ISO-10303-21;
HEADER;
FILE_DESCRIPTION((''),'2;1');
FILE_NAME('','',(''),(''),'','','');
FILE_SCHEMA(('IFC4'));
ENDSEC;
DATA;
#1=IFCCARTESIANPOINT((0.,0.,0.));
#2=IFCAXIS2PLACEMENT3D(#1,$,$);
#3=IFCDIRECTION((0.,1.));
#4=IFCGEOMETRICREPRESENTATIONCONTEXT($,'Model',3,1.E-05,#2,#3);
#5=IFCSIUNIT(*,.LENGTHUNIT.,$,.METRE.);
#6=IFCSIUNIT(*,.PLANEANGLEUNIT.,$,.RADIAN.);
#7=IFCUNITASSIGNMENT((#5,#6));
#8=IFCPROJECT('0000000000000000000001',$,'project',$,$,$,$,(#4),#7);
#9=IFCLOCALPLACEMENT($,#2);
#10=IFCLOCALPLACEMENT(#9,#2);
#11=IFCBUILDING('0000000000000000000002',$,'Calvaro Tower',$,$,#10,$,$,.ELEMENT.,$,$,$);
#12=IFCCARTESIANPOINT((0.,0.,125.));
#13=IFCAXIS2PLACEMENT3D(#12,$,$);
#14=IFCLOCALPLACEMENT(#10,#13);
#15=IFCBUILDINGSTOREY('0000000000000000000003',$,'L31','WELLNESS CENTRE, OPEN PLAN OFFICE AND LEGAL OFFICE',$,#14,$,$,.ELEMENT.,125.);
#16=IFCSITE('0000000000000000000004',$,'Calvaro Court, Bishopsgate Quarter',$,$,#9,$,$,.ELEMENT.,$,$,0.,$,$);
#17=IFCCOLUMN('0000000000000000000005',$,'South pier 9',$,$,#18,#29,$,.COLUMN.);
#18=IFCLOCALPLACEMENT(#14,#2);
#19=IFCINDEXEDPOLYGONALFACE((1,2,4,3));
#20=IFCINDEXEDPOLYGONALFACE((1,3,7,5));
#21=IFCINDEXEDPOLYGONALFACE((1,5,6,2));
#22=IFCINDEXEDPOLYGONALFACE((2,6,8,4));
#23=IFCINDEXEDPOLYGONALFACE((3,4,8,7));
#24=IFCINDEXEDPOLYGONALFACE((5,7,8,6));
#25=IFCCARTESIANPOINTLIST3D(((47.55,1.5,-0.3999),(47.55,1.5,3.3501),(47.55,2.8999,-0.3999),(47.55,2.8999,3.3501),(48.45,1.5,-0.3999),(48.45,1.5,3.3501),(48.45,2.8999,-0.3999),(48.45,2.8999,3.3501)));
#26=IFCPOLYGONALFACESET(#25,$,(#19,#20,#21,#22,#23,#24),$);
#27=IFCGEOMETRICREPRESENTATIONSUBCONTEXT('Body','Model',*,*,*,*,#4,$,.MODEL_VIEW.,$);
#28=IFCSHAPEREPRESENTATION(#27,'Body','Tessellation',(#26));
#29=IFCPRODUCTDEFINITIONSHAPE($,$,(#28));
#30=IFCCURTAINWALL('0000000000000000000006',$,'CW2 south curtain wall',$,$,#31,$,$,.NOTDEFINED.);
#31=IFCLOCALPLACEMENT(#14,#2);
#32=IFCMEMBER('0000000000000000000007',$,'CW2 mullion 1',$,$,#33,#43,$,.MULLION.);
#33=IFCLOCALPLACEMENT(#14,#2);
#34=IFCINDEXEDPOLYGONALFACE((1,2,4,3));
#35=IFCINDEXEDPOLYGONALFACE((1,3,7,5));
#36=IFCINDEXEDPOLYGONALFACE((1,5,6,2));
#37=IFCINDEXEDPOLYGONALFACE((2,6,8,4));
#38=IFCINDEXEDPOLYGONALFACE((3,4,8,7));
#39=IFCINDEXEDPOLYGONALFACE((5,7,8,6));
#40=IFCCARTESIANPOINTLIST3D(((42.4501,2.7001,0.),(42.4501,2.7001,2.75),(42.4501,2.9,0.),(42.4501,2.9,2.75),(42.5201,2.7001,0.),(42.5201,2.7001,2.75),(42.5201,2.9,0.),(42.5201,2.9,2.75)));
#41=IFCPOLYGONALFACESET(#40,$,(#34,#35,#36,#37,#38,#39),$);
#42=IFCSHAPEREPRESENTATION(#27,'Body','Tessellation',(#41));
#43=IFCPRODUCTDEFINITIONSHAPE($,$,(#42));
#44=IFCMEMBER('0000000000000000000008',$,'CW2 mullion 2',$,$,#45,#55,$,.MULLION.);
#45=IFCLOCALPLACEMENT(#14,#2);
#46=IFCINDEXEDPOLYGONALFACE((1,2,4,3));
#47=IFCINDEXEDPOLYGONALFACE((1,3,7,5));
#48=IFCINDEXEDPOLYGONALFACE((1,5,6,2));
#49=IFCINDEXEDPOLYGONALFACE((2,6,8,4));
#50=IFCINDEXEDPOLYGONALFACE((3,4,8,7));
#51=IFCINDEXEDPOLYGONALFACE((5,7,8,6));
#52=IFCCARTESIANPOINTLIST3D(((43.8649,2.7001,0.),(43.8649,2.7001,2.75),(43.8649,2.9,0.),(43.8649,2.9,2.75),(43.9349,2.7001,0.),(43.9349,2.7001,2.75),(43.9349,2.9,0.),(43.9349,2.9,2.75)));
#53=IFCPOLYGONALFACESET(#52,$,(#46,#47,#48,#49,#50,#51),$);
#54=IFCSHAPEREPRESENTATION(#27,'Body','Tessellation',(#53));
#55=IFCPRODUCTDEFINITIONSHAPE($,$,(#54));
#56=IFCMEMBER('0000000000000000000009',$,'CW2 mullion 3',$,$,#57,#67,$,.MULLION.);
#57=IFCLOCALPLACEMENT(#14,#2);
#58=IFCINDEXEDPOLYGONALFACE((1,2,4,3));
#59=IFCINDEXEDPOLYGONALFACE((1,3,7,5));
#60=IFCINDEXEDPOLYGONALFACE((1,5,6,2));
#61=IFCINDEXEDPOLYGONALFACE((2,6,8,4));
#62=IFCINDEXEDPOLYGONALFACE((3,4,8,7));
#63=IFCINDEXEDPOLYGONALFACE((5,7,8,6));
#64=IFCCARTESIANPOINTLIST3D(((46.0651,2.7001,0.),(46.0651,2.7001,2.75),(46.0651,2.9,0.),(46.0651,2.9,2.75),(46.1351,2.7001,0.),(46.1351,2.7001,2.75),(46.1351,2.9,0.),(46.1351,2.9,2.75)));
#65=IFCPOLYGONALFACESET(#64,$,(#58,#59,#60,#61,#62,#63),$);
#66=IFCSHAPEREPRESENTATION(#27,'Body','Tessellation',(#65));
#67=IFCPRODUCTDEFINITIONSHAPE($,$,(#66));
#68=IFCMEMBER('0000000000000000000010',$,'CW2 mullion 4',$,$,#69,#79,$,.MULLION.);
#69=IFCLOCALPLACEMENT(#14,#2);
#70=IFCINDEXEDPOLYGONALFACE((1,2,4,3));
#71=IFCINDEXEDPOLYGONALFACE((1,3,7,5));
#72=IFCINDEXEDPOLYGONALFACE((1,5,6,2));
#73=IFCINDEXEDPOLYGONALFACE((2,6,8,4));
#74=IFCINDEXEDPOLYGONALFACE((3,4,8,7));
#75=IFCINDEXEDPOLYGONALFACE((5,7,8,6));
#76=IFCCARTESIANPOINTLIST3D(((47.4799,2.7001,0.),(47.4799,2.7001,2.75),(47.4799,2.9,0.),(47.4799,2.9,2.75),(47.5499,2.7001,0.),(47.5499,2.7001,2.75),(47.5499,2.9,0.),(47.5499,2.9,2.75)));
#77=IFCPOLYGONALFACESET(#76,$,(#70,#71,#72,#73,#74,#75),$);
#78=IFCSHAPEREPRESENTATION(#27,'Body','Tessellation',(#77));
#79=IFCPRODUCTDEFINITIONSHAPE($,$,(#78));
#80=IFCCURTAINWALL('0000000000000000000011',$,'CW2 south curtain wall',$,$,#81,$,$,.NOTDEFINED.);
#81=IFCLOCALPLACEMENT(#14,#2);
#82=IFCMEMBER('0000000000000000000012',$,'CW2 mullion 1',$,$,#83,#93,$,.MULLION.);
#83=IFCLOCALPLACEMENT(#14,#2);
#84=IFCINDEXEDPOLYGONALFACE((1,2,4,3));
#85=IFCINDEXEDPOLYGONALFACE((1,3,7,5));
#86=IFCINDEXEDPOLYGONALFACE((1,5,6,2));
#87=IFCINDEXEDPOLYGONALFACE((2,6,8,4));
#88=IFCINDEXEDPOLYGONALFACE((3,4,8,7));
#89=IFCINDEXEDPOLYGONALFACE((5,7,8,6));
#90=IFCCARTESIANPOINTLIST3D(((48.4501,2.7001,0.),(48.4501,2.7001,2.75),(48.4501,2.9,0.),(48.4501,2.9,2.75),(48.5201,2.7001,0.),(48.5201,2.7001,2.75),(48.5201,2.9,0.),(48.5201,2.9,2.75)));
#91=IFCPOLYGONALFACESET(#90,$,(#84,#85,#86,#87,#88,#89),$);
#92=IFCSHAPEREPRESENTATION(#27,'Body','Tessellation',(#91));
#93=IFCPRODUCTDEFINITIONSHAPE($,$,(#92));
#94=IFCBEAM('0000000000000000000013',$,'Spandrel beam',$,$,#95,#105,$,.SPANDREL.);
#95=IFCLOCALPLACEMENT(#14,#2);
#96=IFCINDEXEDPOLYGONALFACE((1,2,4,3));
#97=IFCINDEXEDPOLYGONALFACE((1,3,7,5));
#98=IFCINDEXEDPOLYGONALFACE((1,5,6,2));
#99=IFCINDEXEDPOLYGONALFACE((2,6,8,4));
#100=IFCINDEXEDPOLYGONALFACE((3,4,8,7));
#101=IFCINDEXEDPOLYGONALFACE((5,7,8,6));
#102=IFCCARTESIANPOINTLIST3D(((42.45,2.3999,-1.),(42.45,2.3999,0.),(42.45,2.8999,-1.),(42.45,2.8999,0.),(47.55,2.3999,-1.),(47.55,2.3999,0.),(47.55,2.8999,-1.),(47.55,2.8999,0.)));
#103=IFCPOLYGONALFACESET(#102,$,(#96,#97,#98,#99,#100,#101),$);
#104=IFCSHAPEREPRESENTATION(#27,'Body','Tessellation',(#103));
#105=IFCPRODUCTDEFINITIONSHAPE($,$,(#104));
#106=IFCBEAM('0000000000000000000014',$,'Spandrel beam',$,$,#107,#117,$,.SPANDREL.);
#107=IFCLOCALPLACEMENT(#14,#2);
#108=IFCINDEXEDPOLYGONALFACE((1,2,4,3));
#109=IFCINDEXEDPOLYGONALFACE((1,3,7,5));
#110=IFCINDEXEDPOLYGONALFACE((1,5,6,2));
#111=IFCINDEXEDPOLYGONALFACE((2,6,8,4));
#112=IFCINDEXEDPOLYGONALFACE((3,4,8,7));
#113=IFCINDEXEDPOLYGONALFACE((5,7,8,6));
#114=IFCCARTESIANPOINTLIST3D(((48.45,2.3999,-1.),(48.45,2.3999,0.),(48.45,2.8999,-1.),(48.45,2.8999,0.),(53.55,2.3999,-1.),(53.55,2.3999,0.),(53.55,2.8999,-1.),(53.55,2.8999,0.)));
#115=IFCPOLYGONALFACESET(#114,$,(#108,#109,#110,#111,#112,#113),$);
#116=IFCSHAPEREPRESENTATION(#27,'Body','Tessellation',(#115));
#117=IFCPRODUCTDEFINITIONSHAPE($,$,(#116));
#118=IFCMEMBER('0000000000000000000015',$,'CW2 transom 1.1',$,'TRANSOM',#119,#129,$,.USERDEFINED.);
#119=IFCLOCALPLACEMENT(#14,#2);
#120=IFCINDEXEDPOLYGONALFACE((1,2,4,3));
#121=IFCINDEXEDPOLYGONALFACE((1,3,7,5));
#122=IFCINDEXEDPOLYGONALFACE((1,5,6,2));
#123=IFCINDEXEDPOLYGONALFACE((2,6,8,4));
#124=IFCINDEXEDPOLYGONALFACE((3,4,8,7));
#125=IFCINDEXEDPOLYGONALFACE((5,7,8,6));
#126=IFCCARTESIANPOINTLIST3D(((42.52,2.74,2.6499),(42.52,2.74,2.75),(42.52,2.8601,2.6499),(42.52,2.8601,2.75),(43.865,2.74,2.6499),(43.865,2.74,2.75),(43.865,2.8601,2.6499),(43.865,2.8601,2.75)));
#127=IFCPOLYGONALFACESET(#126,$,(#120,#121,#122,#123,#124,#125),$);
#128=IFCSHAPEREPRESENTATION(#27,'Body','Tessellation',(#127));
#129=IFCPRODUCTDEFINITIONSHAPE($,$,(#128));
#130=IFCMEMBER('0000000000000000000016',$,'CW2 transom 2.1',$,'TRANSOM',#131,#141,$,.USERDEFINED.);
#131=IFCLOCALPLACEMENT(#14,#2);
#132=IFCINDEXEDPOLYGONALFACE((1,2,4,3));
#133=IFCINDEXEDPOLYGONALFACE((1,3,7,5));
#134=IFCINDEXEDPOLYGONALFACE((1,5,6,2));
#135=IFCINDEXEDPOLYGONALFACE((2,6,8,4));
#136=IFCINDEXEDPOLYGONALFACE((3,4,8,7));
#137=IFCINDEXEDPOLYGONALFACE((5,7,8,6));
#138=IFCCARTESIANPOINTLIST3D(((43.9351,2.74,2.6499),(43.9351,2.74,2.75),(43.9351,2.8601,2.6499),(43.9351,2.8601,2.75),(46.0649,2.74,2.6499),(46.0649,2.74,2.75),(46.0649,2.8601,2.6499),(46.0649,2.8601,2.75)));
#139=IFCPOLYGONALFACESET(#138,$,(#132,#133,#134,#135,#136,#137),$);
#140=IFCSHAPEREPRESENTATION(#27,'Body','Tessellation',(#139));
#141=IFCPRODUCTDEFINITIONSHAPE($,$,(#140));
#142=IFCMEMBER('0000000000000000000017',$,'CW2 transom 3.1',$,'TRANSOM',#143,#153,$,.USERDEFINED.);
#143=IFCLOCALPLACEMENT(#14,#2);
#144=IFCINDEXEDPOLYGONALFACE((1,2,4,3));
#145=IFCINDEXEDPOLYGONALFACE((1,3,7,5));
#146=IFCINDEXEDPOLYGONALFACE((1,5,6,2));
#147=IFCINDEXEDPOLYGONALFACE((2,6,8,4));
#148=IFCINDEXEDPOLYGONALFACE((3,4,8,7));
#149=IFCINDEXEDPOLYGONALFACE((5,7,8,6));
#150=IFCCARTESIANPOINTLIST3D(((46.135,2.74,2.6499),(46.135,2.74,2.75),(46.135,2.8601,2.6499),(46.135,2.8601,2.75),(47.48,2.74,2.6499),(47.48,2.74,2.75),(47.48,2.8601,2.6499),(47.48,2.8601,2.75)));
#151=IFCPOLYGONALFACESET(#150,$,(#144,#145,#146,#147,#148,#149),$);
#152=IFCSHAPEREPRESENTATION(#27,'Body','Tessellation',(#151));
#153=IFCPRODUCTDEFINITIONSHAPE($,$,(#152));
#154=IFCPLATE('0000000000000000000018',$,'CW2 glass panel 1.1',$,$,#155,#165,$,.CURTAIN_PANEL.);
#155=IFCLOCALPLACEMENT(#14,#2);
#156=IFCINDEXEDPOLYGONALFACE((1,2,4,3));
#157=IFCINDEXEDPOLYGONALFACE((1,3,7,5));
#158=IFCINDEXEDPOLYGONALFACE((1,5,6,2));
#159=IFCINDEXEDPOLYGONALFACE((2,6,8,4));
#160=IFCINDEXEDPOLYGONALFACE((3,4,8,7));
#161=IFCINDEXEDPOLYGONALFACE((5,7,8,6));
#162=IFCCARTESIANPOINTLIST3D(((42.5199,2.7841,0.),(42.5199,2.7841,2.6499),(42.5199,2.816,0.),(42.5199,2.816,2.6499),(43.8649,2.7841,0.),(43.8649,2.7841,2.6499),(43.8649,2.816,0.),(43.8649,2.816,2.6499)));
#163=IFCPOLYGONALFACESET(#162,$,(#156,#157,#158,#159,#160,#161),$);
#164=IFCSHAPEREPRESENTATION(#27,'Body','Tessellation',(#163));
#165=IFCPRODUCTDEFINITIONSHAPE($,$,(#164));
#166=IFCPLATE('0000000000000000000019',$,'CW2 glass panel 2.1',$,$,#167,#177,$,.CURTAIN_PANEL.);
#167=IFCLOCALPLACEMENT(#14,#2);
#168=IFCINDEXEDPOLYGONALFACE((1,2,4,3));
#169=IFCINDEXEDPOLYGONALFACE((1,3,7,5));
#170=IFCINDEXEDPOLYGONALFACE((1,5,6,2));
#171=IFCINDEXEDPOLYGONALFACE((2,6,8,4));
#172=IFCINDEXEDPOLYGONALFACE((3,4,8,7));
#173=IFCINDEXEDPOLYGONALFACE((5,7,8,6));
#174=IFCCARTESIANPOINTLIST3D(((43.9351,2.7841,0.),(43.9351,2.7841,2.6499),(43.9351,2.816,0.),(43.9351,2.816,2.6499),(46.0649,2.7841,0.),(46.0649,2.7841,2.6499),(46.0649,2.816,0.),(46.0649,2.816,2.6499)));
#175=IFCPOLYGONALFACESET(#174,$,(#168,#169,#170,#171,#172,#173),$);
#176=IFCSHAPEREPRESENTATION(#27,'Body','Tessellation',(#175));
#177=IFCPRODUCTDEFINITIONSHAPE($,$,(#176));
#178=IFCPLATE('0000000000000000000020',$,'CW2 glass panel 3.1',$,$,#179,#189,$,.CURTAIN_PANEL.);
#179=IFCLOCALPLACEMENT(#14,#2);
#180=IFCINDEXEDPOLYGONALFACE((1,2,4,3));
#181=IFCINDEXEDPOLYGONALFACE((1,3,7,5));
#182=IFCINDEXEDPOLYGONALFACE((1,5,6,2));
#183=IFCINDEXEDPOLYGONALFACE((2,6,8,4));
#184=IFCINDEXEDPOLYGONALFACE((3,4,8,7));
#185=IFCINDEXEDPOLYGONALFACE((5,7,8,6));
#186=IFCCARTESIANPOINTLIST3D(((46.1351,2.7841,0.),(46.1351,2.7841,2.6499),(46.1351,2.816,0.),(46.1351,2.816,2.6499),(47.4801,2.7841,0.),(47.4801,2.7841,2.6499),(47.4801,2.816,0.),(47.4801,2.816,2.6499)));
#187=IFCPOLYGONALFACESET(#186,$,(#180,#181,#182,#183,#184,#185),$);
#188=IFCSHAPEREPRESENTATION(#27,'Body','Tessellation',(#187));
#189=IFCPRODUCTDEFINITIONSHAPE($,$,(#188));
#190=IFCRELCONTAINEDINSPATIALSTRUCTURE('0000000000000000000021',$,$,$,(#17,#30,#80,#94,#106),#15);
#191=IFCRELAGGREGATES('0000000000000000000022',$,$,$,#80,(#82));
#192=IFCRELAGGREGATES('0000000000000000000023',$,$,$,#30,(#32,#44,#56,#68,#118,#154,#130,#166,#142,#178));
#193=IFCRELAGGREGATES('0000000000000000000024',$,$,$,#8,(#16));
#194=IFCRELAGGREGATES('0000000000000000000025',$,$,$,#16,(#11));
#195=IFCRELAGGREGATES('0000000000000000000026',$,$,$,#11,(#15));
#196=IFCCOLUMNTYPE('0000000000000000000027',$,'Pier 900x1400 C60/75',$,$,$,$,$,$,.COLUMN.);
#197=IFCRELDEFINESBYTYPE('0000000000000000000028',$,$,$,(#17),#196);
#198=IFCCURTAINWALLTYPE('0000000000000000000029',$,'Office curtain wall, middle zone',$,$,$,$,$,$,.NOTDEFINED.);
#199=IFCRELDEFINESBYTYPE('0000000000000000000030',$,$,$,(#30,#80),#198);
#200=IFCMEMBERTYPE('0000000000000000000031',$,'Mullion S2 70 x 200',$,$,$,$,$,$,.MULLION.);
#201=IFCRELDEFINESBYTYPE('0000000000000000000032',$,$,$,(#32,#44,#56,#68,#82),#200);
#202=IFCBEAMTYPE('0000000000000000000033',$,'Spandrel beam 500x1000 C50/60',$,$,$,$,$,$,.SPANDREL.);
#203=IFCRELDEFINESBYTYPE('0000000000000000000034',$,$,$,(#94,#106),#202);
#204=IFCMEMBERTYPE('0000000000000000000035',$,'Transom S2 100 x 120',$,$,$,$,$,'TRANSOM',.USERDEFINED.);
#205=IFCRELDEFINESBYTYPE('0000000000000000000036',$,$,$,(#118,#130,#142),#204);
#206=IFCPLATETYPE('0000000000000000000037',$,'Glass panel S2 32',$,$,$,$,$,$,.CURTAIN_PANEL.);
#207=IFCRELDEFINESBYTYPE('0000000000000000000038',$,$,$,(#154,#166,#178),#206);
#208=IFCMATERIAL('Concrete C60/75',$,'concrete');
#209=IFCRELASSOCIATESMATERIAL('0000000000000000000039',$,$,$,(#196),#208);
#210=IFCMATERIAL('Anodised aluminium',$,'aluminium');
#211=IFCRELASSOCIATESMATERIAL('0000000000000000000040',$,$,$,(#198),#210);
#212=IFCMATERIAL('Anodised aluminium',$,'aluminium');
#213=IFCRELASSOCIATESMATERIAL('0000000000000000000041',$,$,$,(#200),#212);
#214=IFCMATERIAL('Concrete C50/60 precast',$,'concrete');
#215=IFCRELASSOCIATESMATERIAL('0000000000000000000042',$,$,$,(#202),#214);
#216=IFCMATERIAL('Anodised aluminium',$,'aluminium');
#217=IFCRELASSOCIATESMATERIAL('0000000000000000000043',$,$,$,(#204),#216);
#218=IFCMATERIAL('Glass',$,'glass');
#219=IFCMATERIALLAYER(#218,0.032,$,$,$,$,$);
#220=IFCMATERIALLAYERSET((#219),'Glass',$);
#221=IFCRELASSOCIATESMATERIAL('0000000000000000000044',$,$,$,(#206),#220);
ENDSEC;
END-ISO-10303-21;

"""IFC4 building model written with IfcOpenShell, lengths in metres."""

from ifc_helpers import new_model, si_unit, direction, frame, origin, origin_2d, place, context, subcontext, project, spatial, rectangle, extrude, material, layer, layer_set, material_profile, profile_set, type_object, element, aggregate, save


model = new_model("IFC4")

# Units and contexts
model_context = context("Model", 3, precision=1e-05, world=origin(), true_north=direction((0.0, 1.0)))
body_context = subcontext(model_context, "Body", "Model", "MODEL_VIEW")
ifc_project = project(units=[si_unit("LENGTHUNIT", "METRE"), si_unit("PLANEANGLEUNIT", "RADIAN")], contexts=[model_context])

# Site, building, storey
site_placement = place(None, origin())
site = spatial("IfcSite", under=ifc_project, at=site_placement, Name="Calvaro Court, Bishopsgate Quarter", CompositionType="ELEMENT", RefElevation=0.0)
building_placement = place(site_placement, origin())
building = spatial("IfcBuilding", under=site, at=building_placement, Name="Calvaro Tower", CompositionType="ELEMENT")
storey_placement = place(building_placement, frame((0.0, 0.0, 125.0)))
storey = spatial("IfcBuildingStorey", under=building, at=storey_placement, Name="L31", Description="WELLNESS CENTRE, OPEN PLAN OFFICE AND LEGAL OFFICE", CompositionType="ELEMENT", Elevation=125.0)

# Column
ifc_material_1 = material(Name="Concrete C60/75", Category="concrete")
ifc_material_profile_1 = material_profile(ifc_material_1, rectangle(XDim=0.8999, YDim=1.3999, at=origin_2d()), Name="RC 900x1400")
ifc_profile_set_1 = profile_set([ifc_material_profile_1], Name="Concrete C60/75")
column_type = type_object("IfcColumnType", Name="Pier 900x1400 C60/75", PredefinedType="COLUMN", material=ifc_profile_set_1)
column_placement = place(storey_placement, frame((48.0, 2.2, -0.3999), z_axis=(0.0, 0.0, 1.0), x_axis=(1.0, 0.0, 0.0)))
element("IfcColumn", 1, at=column_placement, inside=storey, type_object=column_type, Name="South pier 9", PredefinedType="COLUMN", context=body_context, shape_type="SweptSolid", body=[
    extrude(rectangle(XDim=0.8999, YDim=1.3999, at=origin_2d()), origin(), (0.0, 0.0, 1.0), 3.75),
])

# Curtain wall, members
ifc_material_2 = material(Name="Anodised aluminium", Category="aluminium")
curtain_wall_type = type_object("IfcCurtainWallType", Name="Office curtain wall, middle zone", PredefinedType="NOTDEFINED", material=ifc_material_2)
curtain_wall_1_placement = place(storey_placement, origin())
curtain_wall_1 = element("IfcCurtainWall", 2, at=curtain_wall_1_placement, inside=storey, type_object=curtain_wall_type, Name="CW2 south curtain wall", PredefinedType="NOTDEFINED")
ifc_material_3 = material(Name="Anodised aluminium", Category="aluminium")
ifc_material_profile_2 = material_profile(ifc_material_3, rectangle(XDim=0.2, YDim=0.0701, at=origin_2d()), Name="Mullion S2 70 x 200")
ifc_profile_set_2 = profile_set([ifc_material_profile_2], Name="Anodised aluminium")
member_type_1 = type_object("IfcMemberType", Name="Mullion S2 70 x 200", PredefinedType="MULLION", material=ifc_profile_set_2)
member_1_placement = place(storey_placement, frame((42.4851, 2.8, 0.0), z_axis=(0.0, 0.0, 1.0), x_axis=(0.0, 1.0, 0.0)))
member_1 = element("IfcMember", 3, at=member_1_placement, type_object=member_type_1, Name="CW2 mullion 1", PredefinedType="MULLION", context=body_context, shape_type="SweptSolid", body=[
    extrude(rectangle(XDim=0.2, YDim=0.0701, at=origin_2d()), origin(), (0.0, 0.0, 1.0), 2.75),
])
member_2_placement = place(storey_placement, frame((43.8999, 2.8, 0.0), z_axis=(0.0, 0.0, 1.0), x_axis=(0.0, 1.0, 0.0)))
member_2 = element("IfcMember", 4, at=member_2_placement, type_object=member_type_1, Name="CW2 mullion 2", PredefinedType="MULLION", context=body_context, shape_type="SweptSolid", body=[
    extrude(rectangle(XDim=0.2, YDim=0.0701, at=origin_2d()), origin(), (0.0, 0.0, 1.0), 2.75),
])
member_3_placement = place(storey_placement, frame((46.1001, 2.8, 0.0), z_axis=(0.0, 0.0, 1.0), x_axis=(0.0, 1.0, 0.0)))
member_3 = element("IfcMember", 5, at=member_3_placement, type_object=member_type_1, Name="CW2 mullion 3", PredefinedType="MULLION", context=body_context, shape_type="SweptSolid", body=[
    extrude(rectangle(XDim=0.2, YDim=0.0701, at=origin_2d()), origin(), (0.0, 0.0, 1.0), 2.75),
])
member_4_placement = place(storey_placement, frame((47.5149, 2.8, 0.0), z_axis=(0.0, 0.0, 1.0), x_axis=(0.0, 1.0, 0.0)))
member_4 = element("IfcMember", 6, at=member_4_placement, type_object=member_type_1, Name="CW2 mullion 4", PredefinedType="MULLION", context=body_context, shape_type="SweptSolid", body=[
    extrude(rectangle(XDim=0.2, YDim=0.0701, at=origin_2d()), origin(), (0.0, 0.0, 1.0), 2.75),
])

# Curtain wall, member
curtain_wall_2_placement = place(storey_placement, origin())
curtain_wall_2 = element("IfcCurtainWall", 7, at=curtain_wall_2_placement, inside=storey, type_object=curtain_wall_type, Name="CW2 south curtain wall", PredefinedType="NOTDEFINED")
member_5_placement = place(storey_placement, frame((48.4851, 2.8, 0.0), z_axis=(0.0, 0.0, 1.0), x_axis=(0.0, 1.0, 0.0)))
member_5 = element("IfcMember", 8, at=member_5_placement, type_object=member_type_1, Name="CW2 mullion 1", PredefinedType="MULLION", context=body_context, shape_type="SweptSolid", body=[
    extrude(rectangle(XDim=0.2, YDim=0.0701, at=origin_2d()), origin(), (0.0, 0.0, 1.0), 2.75),
])
aggregate(curtain_wall_2, [member_5])

# Beams
ifc_material_4 = material(Name="Concrete C50/60 precast", Category="concrete")
ifc_material_profile_3 = material_profile(ifc_material_4, rectangle(XDim=0.5, YDim=1.0, at=origin_2d()), Name="RC 500x1000")
ifc_profile_set_3 = profile_set([ifc_material_profile_3], Name="Concrete C50/60 precast")
beam_type = type_object("IfcBeamType", Name="Spandrel beam 500x1000 C50/60", PredefinedType="SPANDREL", material=ifc_profile_set_3)
for number, where, z_axis, x_axis, name in (
    (9, (42.45, 2.6499, -0.5), (1.0, 0.0, 0.0), (0.0, 1.0, 0.0), "Spandrel beam"),
    (10, (48.45, 2.6499, -0.5), (1.0, 0.0, 0.0), (0.0, 1.0, 0.0), "Spandrel beam"),
):
    element("IfcBeam", number, at=place(storey_placement, frame(where, z_axis=z_axis, x_axis=x_axis)), inside=storey, type_object=beam_type, Name=name, PredefinedType="SPANDREL", context=body_context, shape_type="SweptSolid", body=[
        extrude(rectangle(XDim=0.5, YDim=1.0, at=origin_2d()), origin(), (0.0, 0.0, 1.0), 5.1001),
    ])

# Members
ifc_material_5 = material(Name="Anodised aluminium", Category="aluminium")
ifc_material_profile_4 = material_profile(ifc_material_5, rectangle(XDim=0.1201, YDim=0.1001, at=origin_2d()), Name="Transom S2 100 x 120")
ifc_profile_set_4 = profile_set([ifc_material_profile_4], Name="Anodised aluminium")
member_type_2 = type_object("IfcMemberType", Name="Transom S2 100 x 120", ElementType="TRANSOM", PredefinedType="USERDEFINED", material=ifc_profile_set_4)
member_6_placement = place(storey_placement, frame((42.52, 2.8, 2.7), z_axis=(1.0, 0.0, 0.0), x_axis=(0.0, 1.0, 0.0)))
member_6 = element("IfcMember", 11, at=member_6_placement, type_object=member_type_2, Name="CW2 transom 1.1", ObjectType="TRANSOM", PredefinedType="USERDEFINED", context=body_context, shape_type="SweptSolid", body=[
    extrude(rectangle(XDim=0.1201, YDim=0.1001, at=origin_2d()), origin(), (0.0, 0.0, 1.0), 1.345),
])
member_7_placement = place(storey_placement, frame((43.9351, 2.8, 2.7), z_axis=(1.0, 0.0, 0.0), x_axis=(0.0, 1.0, 0.0)))
member_7 = element("IfcMember", 12, at=member_7_placement, type_object=member_type_2, Name="CW2 transom 2.1", ObjectType="TRANSOM", PredefinedType="USERDEFINED", context=body_context, shape_type="SweptSolid", body=[
    extrude(rectangle(XDim=0.1201, YDim=0.1001, at=origin_2d()), origin(), (0.0, 0.0, 1.0), 2.1299),
])
member_8_placement = place(storey_placement, frame((46.135, 2.8, 2.7), z_axis=(1.0, 0.0, 0.0), x_axis=(0.0, 1.0, 0.0)))
member_8 = element("IfcMember", 13, at=member_8_placement, type_object=member_type_2, Name="CW2 transom 3.1", ObjectType="TRANSOM", PredefinedType="USERDEFINED", context=body_context, shape_type="SweptSolid", body=[
    extrude(rectangle(XDim=0.1201, YDim=0.1001, at=origin_2d()), origin(), (0.0, 0.0, 1.0), 1.345),
])

# Plates
ifc_material_6 = material(Name="Glass", Category="glass")
ifc_layer_1 = layer(ifc_material_6, 0.032)
ifc_layer_set_1 = layer_set([ifc_layer_1], Name="Glass")
plate_type = type_object("IfcPlateType", Name="Glass panel S2 32", PredefinedType="CURTAIN_PANEL", material=ifc_layer_set_1)
plate_1_placement = place(storey_placement, frame((43.1924, 2.8, 0.0), z_axis=(0.0, 0.0, 1.0), x_axis=(1.0, 0.0, 0.0)))
plate_1 = element("IfcPlate", 14, at=plate_1_placement, type_object=plate_type, Name="CW2 glass panel 1.1", PredefinedType="CURTAIN_PANEL", context=body_context, shape_type="SweptSolid", body=[
    extrude(rectangle(XDim=1.345, YDim=0.032, at=origin_2d()), origin(), (0.0, 0.0, 1.0), 2.6499),
])
plate_2_placement = place(storey_placement, frame((45.0, 2.8, 0.0), z_axis=(0.0, 0.0, 1.0), x_axis=(1.0, 0.0, 0.0)))
plate_2 = element("IfcPlate", 15, at=plate_2_placement, type_object=plate_type, Name="CW2 glass panel 2.1", PredefinedType="CURTAIN_PANEL", context=body_context, shape_type="SweptSolid", body=[
    extrude(rectangle(XDim=2.1299, YDim=0.032, at=origin_2d()), origin(), (0.0, 0.0, 1.0), 2.6499),
])
plate_3_placement = place(storey_placement, frame((46.8076, 2.8, 0.0), z_axis=(0.0, 0.0, 1.0), x_axis=(1.0, 0.0, 0.0)))
plate_3 = element("IfcPlate", 16, at=plate_3_placement, type_object=plate_type, Name="CW2 glass panel 3.1", PredefinedType="CURTAIN_PANEL", context=body_context, shape_type="SweptSolid", body=[
    extrude(rectangle(XDim=1.345, YDim=0.032, at=origin_2d()), origin(), (0.0, 0.0, 1.0), 2.6499),
])
aggregate(curtain_wall_1, [member_1, member_2, member_3, member_4, member_6, plate_1, member_7, plate_2, member_8, plate_3])

save(model, "model.ifc")
